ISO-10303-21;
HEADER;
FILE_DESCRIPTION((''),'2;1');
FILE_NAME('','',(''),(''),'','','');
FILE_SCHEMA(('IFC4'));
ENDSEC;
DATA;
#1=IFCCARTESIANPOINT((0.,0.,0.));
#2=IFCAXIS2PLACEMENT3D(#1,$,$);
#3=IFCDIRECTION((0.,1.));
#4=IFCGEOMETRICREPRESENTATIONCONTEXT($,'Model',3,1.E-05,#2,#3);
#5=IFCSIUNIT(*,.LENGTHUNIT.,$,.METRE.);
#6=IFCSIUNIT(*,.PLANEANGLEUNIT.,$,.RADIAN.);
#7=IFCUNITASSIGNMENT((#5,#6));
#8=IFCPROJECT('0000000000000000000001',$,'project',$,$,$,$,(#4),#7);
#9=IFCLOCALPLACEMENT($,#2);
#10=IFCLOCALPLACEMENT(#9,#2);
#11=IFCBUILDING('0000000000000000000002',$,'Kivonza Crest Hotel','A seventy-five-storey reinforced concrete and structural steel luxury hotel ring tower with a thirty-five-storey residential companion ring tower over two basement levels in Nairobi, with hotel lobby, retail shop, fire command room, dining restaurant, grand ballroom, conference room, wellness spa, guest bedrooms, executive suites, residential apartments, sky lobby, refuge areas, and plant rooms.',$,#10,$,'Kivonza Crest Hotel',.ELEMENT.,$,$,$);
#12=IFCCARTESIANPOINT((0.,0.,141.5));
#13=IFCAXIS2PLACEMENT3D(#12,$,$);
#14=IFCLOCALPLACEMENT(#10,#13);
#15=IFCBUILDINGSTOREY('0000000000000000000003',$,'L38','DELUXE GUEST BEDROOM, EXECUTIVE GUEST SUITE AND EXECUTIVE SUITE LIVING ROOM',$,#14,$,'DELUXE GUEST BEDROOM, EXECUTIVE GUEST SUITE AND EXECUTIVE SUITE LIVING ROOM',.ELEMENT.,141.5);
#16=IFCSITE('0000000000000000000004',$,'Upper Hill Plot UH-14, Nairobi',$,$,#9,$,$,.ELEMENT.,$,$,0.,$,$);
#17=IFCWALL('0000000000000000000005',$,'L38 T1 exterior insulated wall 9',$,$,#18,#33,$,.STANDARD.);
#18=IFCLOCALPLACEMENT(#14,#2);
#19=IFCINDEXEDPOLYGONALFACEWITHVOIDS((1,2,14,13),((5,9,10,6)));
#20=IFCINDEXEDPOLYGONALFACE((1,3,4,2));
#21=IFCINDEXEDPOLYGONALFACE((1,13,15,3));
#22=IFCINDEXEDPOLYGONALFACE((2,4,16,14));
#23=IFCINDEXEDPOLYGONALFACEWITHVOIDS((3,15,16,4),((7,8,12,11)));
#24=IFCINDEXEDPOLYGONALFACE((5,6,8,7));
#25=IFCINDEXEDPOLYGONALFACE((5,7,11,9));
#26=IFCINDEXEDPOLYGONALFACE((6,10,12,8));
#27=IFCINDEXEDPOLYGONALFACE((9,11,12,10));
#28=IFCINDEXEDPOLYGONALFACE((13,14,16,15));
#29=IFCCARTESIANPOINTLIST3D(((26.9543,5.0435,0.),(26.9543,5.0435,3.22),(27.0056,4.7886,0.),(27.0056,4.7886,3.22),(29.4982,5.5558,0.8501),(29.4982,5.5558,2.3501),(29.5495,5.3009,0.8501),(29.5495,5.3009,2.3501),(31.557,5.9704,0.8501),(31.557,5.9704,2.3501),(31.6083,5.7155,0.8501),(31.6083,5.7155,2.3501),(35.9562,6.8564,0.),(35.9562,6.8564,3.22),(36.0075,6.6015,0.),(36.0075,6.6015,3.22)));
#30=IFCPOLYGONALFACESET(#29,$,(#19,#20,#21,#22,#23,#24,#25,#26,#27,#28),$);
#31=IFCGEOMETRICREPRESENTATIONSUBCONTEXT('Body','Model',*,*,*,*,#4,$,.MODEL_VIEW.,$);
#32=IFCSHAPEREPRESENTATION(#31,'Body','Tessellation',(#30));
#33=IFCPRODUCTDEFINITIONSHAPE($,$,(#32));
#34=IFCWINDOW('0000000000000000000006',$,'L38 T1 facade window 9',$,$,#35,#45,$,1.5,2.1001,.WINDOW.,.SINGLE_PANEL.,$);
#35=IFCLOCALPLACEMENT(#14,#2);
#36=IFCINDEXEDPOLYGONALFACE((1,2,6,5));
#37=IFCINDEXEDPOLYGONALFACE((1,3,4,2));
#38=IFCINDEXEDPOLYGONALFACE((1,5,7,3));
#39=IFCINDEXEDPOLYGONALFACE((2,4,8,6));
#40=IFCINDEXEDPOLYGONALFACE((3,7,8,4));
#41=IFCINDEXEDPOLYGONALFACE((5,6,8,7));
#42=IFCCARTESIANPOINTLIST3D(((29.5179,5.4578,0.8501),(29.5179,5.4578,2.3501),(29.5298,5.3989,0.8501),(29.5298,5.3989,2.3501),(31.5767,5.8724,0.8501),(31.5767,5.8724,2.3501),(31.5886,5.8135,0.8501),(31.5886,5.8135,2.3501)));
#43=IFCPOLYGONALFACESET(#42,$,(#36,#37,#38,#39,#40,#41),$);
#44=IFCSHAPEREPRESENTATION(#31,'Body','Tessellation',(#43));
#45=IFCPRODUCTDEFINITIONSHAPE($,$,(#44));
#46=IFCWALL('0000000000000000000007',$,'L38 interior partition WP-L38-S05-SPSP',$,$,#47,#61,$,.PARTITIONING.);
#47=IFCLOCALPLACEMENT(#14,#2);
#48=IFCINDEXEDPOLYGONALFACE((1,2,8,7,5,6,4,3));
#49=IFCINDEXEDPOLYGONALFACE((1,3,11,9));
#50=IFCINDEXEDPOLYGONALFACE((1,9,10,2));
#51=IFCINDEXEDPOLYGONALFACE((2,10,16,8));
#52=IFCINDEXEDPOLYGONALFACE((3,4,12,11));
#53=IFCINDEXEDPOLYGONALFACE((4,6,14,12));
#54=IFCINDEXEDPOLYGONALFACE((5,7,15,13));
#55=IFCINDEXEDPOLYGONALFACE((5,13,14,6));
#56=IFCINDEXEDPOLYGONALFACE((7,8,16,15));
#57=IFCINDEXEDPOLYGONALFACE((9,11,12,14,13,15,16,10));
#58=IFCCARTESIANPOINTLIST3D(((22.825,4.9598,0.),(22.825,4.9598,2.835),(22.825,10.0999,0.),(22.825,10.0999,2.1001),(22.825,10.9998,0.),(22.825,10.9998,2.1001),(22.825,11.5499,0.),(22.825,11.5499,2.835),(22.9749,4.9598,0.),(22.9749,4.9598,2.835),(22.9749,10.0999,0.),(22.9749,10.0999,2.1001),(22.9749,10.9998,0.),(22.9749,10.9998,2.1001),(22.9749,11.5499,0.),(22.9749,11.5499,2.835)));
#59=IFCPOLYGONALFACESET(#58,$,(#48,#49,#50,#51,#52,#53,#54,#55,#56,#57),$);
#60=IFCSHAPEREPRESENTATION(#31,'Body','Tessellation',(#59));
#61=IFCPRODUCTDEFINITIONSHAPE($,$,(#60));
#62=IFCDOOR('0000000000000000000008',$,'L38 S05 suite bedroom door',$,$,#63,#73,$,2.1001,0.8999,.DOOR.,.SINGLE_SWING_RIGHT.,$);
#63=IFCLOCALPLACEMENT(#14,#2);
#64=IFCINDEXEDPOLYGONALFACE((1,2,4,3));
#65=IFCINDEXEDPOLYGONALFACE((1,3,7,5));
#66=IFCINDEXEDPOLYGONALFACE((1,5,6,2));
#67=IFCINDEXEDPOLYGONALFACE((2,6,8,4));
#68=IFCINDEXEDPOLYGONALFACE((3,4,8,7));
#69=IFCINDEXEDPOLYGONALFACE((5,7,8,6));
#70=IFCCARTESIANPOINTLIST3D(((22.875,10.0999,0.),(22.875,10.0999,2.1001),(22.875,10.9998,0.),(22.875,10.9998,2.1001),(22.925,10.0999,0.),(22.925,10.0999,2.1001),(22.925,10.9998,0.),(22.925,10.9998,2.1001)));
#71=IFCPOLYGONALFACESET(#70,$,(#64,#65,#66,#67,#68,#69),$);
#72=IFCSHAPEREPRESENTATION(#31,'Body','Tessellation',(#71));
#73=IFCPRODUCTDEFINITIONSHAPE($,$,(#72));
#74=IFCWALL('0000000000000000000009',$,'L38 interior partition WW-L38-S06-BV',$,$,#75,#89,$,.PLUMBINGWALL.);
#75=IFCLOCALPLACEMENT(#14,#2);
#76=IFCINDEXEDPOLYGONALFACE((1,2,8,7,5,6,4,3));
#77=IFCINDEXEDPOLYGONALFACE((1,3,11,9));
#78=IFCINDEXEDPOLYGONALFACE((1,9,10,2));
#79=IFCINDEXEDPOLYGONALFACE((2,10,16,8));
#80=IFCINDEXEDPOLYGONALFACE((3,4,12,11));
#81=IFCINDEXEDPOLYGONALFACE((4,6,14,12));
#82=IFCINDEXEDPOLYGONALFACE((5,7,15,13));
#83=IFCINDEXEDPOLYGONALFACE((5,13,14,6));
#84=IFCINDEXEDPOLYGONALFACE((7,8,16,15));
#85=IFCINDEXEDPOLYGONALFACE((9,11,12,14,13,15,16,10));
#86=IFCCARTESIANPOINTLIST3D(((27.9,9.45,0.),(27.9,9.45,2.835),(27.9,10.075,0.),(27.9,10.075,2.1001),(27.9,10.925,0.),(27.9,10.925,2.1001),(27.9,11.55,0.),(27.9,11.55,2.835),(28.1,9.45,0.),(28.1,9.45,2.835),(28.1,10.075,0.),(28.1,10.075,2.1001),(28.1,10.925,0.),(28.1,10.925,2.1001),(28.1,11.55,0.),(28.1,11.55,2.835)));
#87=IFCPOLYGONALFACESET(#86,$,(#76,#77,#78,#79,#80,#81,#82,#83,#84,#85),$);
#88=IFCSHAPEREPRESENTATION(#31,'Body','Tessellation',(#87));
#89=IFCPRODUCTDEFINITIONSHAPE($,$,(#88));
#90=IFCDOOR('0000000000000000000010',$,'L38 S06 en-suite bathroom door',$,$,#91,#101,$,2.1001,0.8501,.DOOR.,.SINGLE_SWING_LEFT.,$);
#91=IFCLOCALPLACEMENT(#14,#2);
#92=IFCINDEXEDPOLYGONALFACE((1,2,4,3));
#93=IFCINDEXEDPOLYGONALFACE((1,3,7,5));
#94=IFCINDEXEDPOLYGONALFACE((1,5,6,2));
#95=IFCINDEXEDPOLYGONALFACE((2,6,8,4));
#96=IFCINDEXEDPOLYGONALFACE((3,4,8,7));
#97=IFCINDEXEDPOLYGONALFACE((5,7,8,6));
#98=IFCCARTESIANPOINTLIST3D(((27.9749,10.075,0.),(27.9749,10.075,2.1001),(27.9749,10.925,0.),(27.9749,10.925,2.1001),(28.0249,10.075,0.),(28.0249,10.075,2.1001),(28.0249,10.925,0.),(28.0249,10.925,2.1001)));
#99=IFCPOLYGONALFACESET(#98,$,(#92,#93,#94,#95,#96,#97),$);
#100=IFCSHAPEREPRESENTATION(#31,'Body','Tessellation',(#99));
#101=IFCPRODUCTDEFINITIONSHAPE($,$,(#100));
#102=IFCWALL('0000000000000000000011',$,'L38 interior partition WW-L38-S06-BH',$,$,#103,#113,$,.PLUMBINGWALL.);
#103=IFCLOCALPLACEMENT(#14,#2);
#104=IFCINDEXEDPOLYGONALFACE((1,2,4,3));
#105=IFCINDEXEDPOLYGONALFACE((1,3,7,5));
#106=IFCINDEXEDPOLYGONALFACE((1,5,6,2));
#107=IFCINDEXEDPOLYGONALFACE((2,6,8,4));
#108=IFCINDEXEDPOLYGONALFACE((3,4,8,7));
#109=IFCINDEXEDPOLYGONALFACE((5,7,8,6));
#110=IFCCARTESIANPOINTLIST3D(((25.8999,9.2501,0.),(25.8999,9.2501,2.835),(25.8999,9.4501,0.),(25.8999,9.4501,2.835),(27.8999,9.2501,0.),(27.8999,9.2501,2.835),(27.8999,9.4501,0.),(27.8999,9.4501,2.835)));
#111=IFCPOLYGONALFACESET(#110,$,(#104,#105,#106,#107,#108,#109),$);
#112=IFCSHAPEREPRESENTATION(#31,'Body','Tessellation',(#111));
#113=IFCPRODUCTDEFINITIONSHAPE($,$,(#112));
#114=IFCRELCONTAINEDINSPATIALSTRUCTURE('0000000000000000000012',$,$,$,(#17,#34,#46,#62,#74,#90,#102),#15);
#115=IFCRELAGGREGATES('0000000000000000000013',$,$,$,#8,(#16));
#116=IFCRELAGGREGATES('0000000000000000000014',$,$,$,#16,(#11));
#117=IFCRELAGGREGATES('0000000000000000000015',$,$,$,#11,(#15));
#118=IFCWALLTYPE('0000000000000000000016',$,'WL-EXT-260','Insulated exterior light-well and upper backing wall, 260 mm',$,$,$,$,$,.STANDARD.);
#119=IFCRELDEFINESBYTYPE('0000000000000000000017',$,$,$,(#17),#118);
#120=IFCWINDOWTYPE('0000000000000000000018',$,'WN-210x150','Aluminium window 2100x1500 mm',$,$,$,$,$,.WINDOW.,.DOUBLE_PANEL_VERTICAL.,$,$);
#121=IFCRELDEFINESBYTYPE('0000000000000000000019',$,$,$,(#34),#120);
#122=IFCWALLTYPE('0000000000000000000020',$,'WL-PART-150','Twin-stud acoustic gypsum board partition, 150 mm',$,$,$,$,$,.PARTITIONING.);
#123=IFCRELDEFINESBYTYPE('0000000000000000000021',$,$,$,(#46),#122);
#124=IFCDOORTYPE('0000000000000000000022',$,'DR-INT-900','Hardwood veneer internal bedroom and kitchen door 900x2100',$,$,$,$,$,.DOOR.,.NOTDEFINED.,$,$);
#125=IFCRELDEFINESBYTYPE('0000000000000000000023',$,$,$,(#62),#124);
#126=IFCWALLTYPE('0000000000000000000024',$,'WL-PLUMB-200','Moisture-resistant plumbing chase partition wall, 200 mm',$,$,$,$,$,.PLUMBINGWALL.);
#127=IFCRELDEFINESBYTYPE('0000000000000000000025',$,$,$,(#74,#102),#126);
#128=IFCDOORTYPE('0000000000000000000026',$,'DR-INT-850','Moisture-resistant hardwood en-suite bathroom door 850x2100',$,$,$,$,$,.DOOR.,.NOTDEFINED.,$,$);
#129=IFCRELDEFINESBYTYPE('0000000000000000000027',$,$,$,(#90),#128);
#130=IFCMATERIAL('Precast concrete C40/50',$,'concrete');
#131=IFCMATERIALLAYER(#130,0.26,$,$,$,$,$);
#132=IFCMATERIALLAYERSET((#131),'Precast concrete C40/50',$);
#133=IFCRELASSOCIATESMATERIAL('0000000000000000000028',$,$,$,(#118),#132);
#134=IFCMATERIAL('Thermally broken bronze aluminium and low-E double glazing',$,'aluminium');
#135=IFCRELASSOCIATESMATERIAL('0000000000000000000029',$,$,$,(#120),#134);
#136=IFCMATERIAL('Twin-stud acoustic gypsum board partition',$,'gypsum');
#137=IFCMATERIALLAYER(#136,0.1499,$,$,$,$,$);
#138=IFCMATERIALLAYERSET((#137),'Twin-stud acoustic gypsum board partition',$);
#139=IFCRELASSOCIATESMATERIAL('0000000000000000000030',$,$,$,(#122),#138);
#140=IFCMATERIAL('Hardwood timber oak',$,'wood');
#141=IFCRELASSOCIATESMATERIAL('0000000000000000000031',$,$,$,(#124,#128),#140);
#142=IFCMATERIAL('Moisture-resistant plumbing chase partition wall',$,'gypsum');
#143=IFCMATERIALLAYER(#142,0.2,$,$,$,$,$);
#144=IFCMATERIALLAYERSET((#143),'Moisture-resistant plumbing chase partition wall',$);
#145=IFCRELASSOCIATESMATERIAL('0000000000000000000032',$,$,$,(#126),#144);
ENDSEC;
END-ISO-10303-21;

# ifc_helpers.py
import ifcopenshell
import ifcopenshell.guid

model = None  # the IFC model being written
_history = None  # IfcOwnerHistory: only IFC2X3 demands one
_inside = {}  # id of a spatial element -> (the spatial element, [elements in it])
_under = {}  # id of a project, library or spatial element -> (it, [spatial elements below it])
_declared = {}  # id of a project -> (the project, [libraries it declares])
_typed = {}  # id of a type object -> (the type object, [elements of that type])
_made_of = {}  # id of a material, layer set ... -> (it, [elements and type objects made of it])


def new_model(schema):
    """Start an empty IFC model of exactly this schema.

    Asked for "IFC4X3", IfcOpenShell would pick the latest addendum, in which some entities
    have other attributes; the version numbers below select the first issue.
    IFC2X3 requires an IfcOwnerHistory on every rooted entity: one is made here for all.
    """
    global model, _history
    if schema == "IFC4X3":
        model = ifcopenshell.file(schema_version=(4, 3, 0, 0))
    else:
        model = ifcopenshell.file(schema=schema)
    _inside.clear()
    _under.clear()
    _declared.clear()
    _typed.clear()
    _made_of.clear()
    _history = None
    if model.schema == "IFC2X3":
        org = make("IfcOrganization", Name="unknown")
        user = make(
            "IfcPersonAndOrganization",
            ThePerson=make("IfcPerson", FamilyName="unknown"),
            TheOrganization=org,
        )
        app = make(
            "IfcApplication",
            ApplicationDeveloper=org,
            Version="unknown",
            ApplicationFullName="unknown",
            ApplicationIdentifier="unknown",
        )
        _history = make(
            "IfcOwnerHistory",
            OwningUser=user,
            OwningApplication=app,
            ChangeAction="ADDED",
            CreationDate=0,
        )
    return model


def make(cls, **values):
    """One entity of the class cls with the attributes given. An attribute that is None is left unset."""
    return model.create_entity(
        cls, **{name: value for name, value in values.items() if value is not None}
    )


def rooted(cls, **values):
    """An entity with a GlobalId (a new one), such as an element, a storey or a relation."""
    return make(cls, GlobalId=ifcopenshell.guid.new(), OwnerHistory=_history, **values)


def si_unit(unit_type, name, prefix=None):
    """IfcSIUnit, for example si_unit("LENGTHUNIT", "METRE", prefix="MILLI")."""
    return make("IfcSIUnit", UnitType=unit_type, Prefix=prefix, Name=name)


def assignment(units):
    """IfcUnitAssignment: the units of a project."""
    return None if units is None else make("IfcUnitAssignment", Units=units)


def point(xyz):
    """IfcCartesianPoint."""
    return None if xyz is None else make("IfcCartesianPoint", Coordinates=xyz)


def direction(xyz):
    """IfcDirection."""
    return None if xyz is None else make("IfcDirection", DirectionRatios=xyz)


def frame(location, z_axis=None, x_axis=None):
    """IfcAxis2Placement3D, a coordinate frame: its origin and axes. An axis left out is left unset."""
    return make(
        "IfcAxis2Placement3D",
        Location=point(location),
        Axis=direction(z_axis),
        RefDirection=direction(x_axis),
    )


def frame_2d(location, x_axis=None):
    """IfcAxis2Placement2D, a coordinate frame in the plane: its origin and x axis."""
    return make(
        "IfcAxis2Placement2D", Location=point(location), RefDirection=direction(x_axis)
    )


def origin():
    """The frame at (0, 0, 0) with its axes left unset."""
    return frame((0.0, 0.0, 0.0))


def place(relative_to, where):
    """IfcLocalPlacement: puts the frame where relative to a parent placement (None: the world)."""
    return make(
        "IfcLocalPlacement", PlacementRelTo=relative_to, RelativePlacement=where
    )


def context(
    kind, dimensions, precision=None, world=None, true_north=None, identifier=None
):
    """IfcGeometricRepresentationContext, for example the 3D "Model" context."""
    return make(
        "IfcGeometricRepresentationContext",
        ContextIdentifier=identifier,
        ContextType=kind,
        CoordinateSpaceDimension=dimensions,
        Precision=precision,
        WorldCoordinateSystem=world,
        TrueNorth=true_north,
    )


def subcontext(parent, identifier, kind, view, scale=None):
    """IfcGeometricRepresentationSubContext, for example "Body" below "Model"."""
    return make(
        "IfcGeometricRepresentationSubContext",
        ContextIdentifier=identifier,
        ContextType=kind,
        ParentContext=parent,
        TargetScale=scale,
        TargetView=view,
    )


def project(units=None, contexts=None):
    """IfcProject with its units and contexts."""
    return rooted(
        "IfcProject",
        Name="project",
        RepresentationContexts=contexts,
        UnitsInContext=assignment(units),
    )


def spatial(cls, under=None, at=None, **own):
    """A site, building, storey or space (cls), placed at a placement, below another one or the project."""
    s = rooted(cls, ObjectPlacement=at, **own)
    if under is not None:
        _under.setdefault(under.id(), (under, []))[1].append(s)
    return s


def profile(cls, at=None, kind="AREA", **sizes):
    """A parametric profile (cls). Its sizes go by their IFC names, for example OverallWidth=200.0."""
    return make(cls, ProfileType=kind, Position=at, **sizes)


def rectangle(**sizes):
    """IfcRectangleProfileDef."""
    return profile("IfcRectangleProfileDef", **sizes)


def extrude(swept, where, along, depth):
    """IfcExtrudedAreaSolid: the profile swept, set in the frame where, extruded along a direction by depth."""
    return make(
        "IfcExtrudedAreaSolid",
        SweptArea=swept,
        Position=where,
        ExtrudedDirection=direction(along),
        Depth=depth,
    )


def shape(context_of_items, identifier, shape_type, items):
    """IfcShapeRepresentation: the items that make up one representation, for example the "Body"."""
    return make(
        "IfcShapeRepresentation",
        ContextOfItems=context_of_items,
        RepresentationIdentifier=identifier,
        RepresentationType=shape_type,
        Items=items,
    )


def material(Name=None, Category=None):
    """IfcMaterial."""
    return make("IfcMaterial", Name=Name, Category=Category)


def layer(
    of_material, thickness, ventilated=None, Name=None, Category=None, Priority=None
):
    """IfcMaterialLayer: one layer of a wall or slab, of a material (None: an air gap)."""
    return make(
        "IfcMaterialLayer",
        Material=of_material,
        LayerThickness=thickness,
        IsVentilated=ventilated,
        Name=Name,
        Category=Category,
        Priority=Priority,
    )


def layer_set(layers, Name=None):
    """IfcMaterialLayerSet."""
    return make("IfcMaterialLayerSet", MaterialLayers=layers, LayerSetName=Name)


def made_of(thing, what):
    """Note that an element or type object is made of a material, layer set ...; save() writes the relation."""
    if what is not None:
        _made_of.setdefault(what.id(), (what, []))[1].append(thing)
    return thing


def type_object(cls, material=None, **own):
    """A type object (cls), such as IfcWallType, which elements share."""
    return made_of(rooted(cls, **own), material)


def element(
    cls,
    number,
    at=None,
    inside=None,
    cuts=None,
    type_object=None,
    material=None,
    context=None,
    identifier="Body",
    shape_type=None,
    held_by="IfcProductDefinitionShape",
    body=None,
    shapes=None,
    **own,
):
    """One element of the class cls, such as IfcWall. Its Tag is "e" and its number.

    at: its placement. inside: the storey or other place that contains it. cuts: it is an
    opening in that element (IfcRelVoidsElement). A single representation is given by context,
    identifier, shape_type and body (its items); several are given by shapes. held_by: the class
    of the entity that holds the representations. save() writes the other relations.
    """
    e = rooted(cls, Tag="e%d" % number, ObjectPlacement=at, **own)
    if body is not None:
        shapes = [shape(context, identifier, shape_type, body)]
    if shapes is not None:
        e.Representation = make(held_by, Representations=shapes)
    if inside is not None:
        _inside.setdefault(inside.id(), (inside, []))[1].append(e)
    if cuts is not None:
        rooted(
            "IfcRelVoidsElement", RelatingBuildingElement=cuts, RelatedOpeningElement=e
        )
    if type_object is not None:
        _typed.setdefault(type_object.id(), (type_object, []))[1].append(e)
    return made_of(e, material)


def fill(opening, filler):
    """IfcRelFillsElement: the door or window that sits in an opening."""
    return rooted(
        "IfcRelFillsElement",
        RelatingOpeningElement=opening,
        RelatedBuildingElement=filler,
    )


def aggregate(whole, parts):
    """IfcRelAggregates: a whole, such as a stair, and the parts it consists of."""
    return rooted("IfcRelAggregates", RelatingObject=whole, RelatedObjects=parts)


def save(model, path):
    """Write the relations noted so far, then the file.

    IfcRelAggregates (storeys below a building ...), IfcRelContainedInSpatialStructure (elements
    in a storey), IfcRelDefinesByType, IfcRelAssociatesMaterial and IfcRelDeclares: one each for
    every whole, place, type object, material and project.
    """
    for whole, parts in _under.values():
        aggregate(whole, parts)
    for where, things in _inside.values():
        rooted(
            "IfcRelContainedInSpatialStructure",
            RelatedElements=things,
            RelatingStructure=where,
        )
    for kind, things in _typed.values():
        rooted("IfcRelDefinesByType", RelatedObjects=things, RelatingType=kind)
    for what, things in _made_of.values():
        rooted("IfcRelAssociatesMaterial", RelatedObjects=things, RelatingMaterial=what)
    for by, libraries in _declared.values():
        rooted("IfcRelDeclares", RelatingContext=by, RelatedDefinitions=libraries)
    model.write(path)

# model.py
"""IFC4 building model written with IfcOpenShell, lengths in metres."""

from ifc_helpers import new_model, si_unit, direction, frame, frame_2d, origin, place, context, subcontext, project, spatial, rectangle, extrude, material, layer, layer_set, type_object, element, fill, save


model = new_model("IFC4")

# Units and contexts
model_context = context("Model", 3, precision=1e-05, world=origin(), true_north=direction((0.0, 1.0)))
body_context = subcontext(model_context, "Body", "Model", "MODEL_VIEW")
ifc_project = project(units=[si_unit("LENGTHUNIT", "METRE"), si_unit("PLANEANGLEUNIT", "RADIAN")], contexts=[model_context])

# Site, building, storey
site_placement = place(None, origin())
site = spatial("IfcSite", under=ifc_project, at=site_placement, Name="Upper Hill Plot UH-14, Nairobi", CompositionType="ELEMENT", RefElevation=0.0)
building_placement = place(site_placement, origin())
building = spatial("IfcBuilding", under=site, at=building_placement, Name="Kivonza Crest Hotel", Description="A seventy-five-storey reinforced concrete and structural steel luxury hotel ring tower with a thirty-five-storey residential companion ring tower over two basement levels in Nairobi, with hotel lobby, retail shop, fire command room, dining restaurant, grand ballroom, conference room, wellness spa, guest bedrooms, executive suites, residential apartments, sky lobby, refuge areas, and plant rooms.", LongName="Kivonza Crest Hotel", CompositionType="ELEMENT")
storey_placement = place(building_placement, frame((0.0, 0.0, 141.5)))
storey = spatial("IfcBuildingStorey", under=building, at=storey_placement, Name="L38", Description="DELUXE GUEST BEDROOM, EXECUTIVE GUEST SUITE AND EXECUTIVE SUITE LIVING ROOM", LongName="DELUXE GUEST BEDROOM, EXECUTIVE GUEST SUITE AND EXECUTIVE SUITE LIVING ROOM", CompositionType="ELEMENT", Elevation=141.5)

# Wall, opening, window
ifc_material_1 = material(Name="Precast concrete C40/50", Category="concrete")
ifc_layer_1 = layer(ifc_material_1, 0.26)
ifc_layer_set_1 = layer_set([ifc_layer_1], Name="Precast concrete C40/50")
wall_type_1 = type_object("IfcWallType", Name="WL-EXT-260", Description="Insulated exterior light-well and upper backing wall, 260 mm", PredefinedType="STANDARD", material=ifc_layer_set_1)
wall_1_placement = place(storey_placement, frame((26.98, 4.916, 0.0), z_axis=(0.0, 0.0, 1.0), x_axis=(0.980316, 0.197435, 0.0)))
wall_1 = element("IfcWall", 1, at=wall_1_placement, inside=storey, type_object=wall_type_1, Name="L38 T1 exterior insulated wall 9", PredefinedType="STANDARD", context=body_context, shape_type="SweptSolid", body=[
    extrude(rectangle(XDim=9.1826, YDim=0.26, at=frame_2d((4.5913, 0.0))), origin(), (0.0, 0.0, 1.0), 3.22),
])
opening_1_placement = place(wall_1_placement, frame((2.595, 0.0, 0.8501)))
opening_1 = element("IfcOpeningElement", 2, at=opening_1_placement, cuts=wall_1, PredefinedType="OPENING", context=body_context, shape_type="SweptSolid", body=[
    extrude(rectangle(XDim=2.1001, YDim=1.5, at=frame_2d((1.05, 0.75))), frame((0.0, 0.1401, 0.0), z_axis=(0.0, -1.0, 0.0), x_axis=(1.0, 0.0, 0.0)), (0.0, 0.0, 1.0), 0.28),
])
ifc_material_2 = material(Name="Thermally broken bronze aluminium and low-E double glazing", Category="aluminium")
window_type = type_object("IfcWindowType", Name="WN-210x150", Description="Aluminium window 2100x1500 mm", PartitioningType="DOUBLE_PANEL_VERTICAL", PredefinedType="WINDOW", material=ifc_material_2)
window_placement = place(opening_1_placement, origin())
window = element("IfcWindow", 3, at=window_placement, inside=storey, type_object=window_type, Name="L38 T1 facade window 9", OverallHeight=1.5, OverallWidth=2.1001, PartitioningType="SINGLE_PANEL", PredefinedType="WINDOW", context=body_context, shape_type="SweptSolid", body=[
    extrude(rectangle(XDim=2.1001, YDim=1.5, at=frame_2d((1.05, 0.75))), frame((0.0, 0.03, 0.0), z_axis=(0.0, -1.0, 0.0), x_axis=(1.0, 0.0, 0.0)), (0.0, 0.0, 1.0), 0.0601),
])
fill(opening_1, window)

# Walls, openings, doors
ifc_material_3 = material(Name="Twin-stud acoustic gypsum board partition", Category="gypsum")
ifc_layer_2 = layer(ifc_material_3, 0.1499)
ifc_layer_set_2 = layer_set([ifc_layer_2], Name="Twin-stud acoustic gypsum board partition")
wall_type_2 = type_object("IfcWallType", Name="WL-PART-150", Description="Twin-stud acoustic gypsum board partition, 150 mm", PredefinedType="PARTITIONING", material=ifc_layer_set_2)
wall_2_placement = place(storey_placement, frame((22.8999, 4.96, 0.0), z_axis=(0.0, 0.0, 1.0), x_axis=(0.0, 1.0, 0.0)))
wall_2 = element("IfcWall", 4, at=wall_2_placement, inside=storey, type_object=wall_type_2, Name="L38 interior partition WP-L38-S05-SPSP", PredefinedType="PARTITIONING", context=body_context, shape_type="SweptSolid", body=[
    extrude(rectangle(XDim=6.5901, YDim=0.1499, at=frame_2d((3.2949, 0.0))), origin(), (0.0, 0.0, 1.0), 2.835),
])
opening_2_placement = place(wall_2_placement, frame((5.1399, 0.0, 0.0)))
opening_2 = element("IfcOpeningElement", 5, at=opening_2_placement, cuts=wall_2, PredefinedType="OPENING", context=body_context, shape_type="SweptSolid", body=[
    extrude(rectangle(XDim=0.8999, YDim=2.1001, at=frame_2d((0.45, 1.05))), frame((0.0, 0.085, 0.0), z_axis=(0.0, -1.0, 0.0), x_axis=(1.0, 0.0, 0.0)), (0.0, 0.0, 1.0), 0.1699),
])
ifc_material_4 = material(Name="Hardwood timber oak", Category="wood")
door_type_1 = type_object("IfcDoorType", Name="DR-INT-900", Description="Hardwood veneer internal bedroom and kitchen door 900x2100", OperationType="NOTDEFINED", PredefinedType="DOOR", material=ifc_material_4)
door_1_placement = place(opening_2_placement, origin())
door_1 = element("IfcDoor", 6, at=door_1_placement, inside=storey, type_object=door_type_1, Name="L38 S05 suite bedroom door", OperationType="SINGLE_SWING_RIGHT", OverallHeight=2.1001, OverallWidth=0.8999, PredefinedType="DOOR", context=body_context, shape_type="SweptSolid", body=[
    extrude(rectangle(XDim=0.8999, YDim=2.1001, at=frame_2d((0.45, 1.05))), frame((0.0, 0.0249, 0.0), z_axis=(0.0, -1.0, 0.0), x_axis=(1.0, 0.0, 0.0)), (0.0, 0.0, 1.0), 0.05),
])
fill(opening_2, door_1)
ifc_material_5 = material(Name="Moisture-resistant plumbing chase partition wall", Category="gypsum")
ifc_layer_3 = layer(ifc_material_5, 0.2)
ifc_layer_set_3 = layer_set([ifc_layer_3], Name="Moisture-resistant plumbing chase partition wall")
wall_type_3 = type_object("IfcWallType", Name="WL-PLUMB-200", Description="Moisture-resistant plumbing chase partition wall, 200 mm", PredefinedType="PLUMBINGWALL", material=ifc_layer_set_3)
wall_3_placement = place(storey_placement, frame((28.0, 9.45, 0.0), z_axis=(0.0, 0.0, 1.0), x_axis=(0.0, 1.0, 0.0)))
wall_3 = element("IfcWall", 7, at=wall_3_placement, inside=storey, type_object=wall_type_3, Name="L38 interior partition WW-L38-S06-BV", PredefinedType="PLUMBINGWALL", context=body_context, shape_type="SweptSolid", body=[
    extrude(rectangle(XDim=2.1001, YDim=0.2, at=frame_2d((1.05, 0.0))), origin(), (0.0, 0.0, 1.0), 2.835),
])
opening_3_placement = place(wall_3_placement, frame((0.625, 0.0, 0.0)))
opening_3 = element("IfcOpeningElement", 8, at=opening_3_placement, cuts=wall_3, PredefinedType="OPENING", context=body_context, shape_type="SweptSolid", body=[
    extrude(rectangle(XDim=0.8501, YDim=2.1001, at=frame_2d((0.425, 1.05))), frame((0.0, 0.1099, 0.0), z_axis=(0.0, -1.0, 0.0), x_axis=(1.0, 0.0, 0.0)), (0.0, 0.0, 1.0), 0.22),
])
door_type_2 = type_object("IfcDoorType", Name="DR-INT-850", Description="Moisture-resistant hardwood en-suite bathroom door 850x2100", OperationType="NOTDEFINED", PredefinedType="DOOR", material=ifc_material_4)
door_2_placement = place(opening_3_placement, frame((0.8501, 0.0, 0.0), z_axis=(0.0, 0.0, 1.0), x_axis=(-1.0, 0.0, 0.0)))
door_2 = element("IfcDoor", 9, at=door_2_placement, inside=storey, type_object=door_type_2, Name="L38 S06 en-suite bathroom door", OperationType="SINGLE_SWING_LEFT", OverallHeight=2.1001, OverallWidth=0.8501, PredefinedType="DOOR", context=body_context, shape_type="SweptSolid", body=[
    extrude(rectangle(XDim=0.8501, YDim=2.1001, at=frame_2d((0.425, 1.05))), frame((0.0, 0.0249, 0.0), z_axis=(0.0, -1.0, 0.0), x_axis=(1.0, 0.0, 0.0)), (0.0, 0.0, 1.0), 0.05),
])
fill(opening_3, door_2)

# Wall
wall_4_placement = place(storey_placement, frame((25.8999, 9.3501, 0.0), z_axis=(0.0, 0.0, 1.0), x_axis=(1.0, 0.0, 0.0)))
element("IfcWall", 10, at=wall_4_placement, inside=storey, type_object=wall_type_3, Name="L38 interior partition WW-L38-S06-BH", PredefinedType="PLUMBINGWALL", context=body_context, shape_type="SweptSolid", body=[
    extrude(rectangle(XDim=2.0, YDim=0.2, at=frame_2d((1.0, 0.0))), origin(), (0.0, 0.0, 1.0), 2.835),
])

save(model, "model.ifc")
